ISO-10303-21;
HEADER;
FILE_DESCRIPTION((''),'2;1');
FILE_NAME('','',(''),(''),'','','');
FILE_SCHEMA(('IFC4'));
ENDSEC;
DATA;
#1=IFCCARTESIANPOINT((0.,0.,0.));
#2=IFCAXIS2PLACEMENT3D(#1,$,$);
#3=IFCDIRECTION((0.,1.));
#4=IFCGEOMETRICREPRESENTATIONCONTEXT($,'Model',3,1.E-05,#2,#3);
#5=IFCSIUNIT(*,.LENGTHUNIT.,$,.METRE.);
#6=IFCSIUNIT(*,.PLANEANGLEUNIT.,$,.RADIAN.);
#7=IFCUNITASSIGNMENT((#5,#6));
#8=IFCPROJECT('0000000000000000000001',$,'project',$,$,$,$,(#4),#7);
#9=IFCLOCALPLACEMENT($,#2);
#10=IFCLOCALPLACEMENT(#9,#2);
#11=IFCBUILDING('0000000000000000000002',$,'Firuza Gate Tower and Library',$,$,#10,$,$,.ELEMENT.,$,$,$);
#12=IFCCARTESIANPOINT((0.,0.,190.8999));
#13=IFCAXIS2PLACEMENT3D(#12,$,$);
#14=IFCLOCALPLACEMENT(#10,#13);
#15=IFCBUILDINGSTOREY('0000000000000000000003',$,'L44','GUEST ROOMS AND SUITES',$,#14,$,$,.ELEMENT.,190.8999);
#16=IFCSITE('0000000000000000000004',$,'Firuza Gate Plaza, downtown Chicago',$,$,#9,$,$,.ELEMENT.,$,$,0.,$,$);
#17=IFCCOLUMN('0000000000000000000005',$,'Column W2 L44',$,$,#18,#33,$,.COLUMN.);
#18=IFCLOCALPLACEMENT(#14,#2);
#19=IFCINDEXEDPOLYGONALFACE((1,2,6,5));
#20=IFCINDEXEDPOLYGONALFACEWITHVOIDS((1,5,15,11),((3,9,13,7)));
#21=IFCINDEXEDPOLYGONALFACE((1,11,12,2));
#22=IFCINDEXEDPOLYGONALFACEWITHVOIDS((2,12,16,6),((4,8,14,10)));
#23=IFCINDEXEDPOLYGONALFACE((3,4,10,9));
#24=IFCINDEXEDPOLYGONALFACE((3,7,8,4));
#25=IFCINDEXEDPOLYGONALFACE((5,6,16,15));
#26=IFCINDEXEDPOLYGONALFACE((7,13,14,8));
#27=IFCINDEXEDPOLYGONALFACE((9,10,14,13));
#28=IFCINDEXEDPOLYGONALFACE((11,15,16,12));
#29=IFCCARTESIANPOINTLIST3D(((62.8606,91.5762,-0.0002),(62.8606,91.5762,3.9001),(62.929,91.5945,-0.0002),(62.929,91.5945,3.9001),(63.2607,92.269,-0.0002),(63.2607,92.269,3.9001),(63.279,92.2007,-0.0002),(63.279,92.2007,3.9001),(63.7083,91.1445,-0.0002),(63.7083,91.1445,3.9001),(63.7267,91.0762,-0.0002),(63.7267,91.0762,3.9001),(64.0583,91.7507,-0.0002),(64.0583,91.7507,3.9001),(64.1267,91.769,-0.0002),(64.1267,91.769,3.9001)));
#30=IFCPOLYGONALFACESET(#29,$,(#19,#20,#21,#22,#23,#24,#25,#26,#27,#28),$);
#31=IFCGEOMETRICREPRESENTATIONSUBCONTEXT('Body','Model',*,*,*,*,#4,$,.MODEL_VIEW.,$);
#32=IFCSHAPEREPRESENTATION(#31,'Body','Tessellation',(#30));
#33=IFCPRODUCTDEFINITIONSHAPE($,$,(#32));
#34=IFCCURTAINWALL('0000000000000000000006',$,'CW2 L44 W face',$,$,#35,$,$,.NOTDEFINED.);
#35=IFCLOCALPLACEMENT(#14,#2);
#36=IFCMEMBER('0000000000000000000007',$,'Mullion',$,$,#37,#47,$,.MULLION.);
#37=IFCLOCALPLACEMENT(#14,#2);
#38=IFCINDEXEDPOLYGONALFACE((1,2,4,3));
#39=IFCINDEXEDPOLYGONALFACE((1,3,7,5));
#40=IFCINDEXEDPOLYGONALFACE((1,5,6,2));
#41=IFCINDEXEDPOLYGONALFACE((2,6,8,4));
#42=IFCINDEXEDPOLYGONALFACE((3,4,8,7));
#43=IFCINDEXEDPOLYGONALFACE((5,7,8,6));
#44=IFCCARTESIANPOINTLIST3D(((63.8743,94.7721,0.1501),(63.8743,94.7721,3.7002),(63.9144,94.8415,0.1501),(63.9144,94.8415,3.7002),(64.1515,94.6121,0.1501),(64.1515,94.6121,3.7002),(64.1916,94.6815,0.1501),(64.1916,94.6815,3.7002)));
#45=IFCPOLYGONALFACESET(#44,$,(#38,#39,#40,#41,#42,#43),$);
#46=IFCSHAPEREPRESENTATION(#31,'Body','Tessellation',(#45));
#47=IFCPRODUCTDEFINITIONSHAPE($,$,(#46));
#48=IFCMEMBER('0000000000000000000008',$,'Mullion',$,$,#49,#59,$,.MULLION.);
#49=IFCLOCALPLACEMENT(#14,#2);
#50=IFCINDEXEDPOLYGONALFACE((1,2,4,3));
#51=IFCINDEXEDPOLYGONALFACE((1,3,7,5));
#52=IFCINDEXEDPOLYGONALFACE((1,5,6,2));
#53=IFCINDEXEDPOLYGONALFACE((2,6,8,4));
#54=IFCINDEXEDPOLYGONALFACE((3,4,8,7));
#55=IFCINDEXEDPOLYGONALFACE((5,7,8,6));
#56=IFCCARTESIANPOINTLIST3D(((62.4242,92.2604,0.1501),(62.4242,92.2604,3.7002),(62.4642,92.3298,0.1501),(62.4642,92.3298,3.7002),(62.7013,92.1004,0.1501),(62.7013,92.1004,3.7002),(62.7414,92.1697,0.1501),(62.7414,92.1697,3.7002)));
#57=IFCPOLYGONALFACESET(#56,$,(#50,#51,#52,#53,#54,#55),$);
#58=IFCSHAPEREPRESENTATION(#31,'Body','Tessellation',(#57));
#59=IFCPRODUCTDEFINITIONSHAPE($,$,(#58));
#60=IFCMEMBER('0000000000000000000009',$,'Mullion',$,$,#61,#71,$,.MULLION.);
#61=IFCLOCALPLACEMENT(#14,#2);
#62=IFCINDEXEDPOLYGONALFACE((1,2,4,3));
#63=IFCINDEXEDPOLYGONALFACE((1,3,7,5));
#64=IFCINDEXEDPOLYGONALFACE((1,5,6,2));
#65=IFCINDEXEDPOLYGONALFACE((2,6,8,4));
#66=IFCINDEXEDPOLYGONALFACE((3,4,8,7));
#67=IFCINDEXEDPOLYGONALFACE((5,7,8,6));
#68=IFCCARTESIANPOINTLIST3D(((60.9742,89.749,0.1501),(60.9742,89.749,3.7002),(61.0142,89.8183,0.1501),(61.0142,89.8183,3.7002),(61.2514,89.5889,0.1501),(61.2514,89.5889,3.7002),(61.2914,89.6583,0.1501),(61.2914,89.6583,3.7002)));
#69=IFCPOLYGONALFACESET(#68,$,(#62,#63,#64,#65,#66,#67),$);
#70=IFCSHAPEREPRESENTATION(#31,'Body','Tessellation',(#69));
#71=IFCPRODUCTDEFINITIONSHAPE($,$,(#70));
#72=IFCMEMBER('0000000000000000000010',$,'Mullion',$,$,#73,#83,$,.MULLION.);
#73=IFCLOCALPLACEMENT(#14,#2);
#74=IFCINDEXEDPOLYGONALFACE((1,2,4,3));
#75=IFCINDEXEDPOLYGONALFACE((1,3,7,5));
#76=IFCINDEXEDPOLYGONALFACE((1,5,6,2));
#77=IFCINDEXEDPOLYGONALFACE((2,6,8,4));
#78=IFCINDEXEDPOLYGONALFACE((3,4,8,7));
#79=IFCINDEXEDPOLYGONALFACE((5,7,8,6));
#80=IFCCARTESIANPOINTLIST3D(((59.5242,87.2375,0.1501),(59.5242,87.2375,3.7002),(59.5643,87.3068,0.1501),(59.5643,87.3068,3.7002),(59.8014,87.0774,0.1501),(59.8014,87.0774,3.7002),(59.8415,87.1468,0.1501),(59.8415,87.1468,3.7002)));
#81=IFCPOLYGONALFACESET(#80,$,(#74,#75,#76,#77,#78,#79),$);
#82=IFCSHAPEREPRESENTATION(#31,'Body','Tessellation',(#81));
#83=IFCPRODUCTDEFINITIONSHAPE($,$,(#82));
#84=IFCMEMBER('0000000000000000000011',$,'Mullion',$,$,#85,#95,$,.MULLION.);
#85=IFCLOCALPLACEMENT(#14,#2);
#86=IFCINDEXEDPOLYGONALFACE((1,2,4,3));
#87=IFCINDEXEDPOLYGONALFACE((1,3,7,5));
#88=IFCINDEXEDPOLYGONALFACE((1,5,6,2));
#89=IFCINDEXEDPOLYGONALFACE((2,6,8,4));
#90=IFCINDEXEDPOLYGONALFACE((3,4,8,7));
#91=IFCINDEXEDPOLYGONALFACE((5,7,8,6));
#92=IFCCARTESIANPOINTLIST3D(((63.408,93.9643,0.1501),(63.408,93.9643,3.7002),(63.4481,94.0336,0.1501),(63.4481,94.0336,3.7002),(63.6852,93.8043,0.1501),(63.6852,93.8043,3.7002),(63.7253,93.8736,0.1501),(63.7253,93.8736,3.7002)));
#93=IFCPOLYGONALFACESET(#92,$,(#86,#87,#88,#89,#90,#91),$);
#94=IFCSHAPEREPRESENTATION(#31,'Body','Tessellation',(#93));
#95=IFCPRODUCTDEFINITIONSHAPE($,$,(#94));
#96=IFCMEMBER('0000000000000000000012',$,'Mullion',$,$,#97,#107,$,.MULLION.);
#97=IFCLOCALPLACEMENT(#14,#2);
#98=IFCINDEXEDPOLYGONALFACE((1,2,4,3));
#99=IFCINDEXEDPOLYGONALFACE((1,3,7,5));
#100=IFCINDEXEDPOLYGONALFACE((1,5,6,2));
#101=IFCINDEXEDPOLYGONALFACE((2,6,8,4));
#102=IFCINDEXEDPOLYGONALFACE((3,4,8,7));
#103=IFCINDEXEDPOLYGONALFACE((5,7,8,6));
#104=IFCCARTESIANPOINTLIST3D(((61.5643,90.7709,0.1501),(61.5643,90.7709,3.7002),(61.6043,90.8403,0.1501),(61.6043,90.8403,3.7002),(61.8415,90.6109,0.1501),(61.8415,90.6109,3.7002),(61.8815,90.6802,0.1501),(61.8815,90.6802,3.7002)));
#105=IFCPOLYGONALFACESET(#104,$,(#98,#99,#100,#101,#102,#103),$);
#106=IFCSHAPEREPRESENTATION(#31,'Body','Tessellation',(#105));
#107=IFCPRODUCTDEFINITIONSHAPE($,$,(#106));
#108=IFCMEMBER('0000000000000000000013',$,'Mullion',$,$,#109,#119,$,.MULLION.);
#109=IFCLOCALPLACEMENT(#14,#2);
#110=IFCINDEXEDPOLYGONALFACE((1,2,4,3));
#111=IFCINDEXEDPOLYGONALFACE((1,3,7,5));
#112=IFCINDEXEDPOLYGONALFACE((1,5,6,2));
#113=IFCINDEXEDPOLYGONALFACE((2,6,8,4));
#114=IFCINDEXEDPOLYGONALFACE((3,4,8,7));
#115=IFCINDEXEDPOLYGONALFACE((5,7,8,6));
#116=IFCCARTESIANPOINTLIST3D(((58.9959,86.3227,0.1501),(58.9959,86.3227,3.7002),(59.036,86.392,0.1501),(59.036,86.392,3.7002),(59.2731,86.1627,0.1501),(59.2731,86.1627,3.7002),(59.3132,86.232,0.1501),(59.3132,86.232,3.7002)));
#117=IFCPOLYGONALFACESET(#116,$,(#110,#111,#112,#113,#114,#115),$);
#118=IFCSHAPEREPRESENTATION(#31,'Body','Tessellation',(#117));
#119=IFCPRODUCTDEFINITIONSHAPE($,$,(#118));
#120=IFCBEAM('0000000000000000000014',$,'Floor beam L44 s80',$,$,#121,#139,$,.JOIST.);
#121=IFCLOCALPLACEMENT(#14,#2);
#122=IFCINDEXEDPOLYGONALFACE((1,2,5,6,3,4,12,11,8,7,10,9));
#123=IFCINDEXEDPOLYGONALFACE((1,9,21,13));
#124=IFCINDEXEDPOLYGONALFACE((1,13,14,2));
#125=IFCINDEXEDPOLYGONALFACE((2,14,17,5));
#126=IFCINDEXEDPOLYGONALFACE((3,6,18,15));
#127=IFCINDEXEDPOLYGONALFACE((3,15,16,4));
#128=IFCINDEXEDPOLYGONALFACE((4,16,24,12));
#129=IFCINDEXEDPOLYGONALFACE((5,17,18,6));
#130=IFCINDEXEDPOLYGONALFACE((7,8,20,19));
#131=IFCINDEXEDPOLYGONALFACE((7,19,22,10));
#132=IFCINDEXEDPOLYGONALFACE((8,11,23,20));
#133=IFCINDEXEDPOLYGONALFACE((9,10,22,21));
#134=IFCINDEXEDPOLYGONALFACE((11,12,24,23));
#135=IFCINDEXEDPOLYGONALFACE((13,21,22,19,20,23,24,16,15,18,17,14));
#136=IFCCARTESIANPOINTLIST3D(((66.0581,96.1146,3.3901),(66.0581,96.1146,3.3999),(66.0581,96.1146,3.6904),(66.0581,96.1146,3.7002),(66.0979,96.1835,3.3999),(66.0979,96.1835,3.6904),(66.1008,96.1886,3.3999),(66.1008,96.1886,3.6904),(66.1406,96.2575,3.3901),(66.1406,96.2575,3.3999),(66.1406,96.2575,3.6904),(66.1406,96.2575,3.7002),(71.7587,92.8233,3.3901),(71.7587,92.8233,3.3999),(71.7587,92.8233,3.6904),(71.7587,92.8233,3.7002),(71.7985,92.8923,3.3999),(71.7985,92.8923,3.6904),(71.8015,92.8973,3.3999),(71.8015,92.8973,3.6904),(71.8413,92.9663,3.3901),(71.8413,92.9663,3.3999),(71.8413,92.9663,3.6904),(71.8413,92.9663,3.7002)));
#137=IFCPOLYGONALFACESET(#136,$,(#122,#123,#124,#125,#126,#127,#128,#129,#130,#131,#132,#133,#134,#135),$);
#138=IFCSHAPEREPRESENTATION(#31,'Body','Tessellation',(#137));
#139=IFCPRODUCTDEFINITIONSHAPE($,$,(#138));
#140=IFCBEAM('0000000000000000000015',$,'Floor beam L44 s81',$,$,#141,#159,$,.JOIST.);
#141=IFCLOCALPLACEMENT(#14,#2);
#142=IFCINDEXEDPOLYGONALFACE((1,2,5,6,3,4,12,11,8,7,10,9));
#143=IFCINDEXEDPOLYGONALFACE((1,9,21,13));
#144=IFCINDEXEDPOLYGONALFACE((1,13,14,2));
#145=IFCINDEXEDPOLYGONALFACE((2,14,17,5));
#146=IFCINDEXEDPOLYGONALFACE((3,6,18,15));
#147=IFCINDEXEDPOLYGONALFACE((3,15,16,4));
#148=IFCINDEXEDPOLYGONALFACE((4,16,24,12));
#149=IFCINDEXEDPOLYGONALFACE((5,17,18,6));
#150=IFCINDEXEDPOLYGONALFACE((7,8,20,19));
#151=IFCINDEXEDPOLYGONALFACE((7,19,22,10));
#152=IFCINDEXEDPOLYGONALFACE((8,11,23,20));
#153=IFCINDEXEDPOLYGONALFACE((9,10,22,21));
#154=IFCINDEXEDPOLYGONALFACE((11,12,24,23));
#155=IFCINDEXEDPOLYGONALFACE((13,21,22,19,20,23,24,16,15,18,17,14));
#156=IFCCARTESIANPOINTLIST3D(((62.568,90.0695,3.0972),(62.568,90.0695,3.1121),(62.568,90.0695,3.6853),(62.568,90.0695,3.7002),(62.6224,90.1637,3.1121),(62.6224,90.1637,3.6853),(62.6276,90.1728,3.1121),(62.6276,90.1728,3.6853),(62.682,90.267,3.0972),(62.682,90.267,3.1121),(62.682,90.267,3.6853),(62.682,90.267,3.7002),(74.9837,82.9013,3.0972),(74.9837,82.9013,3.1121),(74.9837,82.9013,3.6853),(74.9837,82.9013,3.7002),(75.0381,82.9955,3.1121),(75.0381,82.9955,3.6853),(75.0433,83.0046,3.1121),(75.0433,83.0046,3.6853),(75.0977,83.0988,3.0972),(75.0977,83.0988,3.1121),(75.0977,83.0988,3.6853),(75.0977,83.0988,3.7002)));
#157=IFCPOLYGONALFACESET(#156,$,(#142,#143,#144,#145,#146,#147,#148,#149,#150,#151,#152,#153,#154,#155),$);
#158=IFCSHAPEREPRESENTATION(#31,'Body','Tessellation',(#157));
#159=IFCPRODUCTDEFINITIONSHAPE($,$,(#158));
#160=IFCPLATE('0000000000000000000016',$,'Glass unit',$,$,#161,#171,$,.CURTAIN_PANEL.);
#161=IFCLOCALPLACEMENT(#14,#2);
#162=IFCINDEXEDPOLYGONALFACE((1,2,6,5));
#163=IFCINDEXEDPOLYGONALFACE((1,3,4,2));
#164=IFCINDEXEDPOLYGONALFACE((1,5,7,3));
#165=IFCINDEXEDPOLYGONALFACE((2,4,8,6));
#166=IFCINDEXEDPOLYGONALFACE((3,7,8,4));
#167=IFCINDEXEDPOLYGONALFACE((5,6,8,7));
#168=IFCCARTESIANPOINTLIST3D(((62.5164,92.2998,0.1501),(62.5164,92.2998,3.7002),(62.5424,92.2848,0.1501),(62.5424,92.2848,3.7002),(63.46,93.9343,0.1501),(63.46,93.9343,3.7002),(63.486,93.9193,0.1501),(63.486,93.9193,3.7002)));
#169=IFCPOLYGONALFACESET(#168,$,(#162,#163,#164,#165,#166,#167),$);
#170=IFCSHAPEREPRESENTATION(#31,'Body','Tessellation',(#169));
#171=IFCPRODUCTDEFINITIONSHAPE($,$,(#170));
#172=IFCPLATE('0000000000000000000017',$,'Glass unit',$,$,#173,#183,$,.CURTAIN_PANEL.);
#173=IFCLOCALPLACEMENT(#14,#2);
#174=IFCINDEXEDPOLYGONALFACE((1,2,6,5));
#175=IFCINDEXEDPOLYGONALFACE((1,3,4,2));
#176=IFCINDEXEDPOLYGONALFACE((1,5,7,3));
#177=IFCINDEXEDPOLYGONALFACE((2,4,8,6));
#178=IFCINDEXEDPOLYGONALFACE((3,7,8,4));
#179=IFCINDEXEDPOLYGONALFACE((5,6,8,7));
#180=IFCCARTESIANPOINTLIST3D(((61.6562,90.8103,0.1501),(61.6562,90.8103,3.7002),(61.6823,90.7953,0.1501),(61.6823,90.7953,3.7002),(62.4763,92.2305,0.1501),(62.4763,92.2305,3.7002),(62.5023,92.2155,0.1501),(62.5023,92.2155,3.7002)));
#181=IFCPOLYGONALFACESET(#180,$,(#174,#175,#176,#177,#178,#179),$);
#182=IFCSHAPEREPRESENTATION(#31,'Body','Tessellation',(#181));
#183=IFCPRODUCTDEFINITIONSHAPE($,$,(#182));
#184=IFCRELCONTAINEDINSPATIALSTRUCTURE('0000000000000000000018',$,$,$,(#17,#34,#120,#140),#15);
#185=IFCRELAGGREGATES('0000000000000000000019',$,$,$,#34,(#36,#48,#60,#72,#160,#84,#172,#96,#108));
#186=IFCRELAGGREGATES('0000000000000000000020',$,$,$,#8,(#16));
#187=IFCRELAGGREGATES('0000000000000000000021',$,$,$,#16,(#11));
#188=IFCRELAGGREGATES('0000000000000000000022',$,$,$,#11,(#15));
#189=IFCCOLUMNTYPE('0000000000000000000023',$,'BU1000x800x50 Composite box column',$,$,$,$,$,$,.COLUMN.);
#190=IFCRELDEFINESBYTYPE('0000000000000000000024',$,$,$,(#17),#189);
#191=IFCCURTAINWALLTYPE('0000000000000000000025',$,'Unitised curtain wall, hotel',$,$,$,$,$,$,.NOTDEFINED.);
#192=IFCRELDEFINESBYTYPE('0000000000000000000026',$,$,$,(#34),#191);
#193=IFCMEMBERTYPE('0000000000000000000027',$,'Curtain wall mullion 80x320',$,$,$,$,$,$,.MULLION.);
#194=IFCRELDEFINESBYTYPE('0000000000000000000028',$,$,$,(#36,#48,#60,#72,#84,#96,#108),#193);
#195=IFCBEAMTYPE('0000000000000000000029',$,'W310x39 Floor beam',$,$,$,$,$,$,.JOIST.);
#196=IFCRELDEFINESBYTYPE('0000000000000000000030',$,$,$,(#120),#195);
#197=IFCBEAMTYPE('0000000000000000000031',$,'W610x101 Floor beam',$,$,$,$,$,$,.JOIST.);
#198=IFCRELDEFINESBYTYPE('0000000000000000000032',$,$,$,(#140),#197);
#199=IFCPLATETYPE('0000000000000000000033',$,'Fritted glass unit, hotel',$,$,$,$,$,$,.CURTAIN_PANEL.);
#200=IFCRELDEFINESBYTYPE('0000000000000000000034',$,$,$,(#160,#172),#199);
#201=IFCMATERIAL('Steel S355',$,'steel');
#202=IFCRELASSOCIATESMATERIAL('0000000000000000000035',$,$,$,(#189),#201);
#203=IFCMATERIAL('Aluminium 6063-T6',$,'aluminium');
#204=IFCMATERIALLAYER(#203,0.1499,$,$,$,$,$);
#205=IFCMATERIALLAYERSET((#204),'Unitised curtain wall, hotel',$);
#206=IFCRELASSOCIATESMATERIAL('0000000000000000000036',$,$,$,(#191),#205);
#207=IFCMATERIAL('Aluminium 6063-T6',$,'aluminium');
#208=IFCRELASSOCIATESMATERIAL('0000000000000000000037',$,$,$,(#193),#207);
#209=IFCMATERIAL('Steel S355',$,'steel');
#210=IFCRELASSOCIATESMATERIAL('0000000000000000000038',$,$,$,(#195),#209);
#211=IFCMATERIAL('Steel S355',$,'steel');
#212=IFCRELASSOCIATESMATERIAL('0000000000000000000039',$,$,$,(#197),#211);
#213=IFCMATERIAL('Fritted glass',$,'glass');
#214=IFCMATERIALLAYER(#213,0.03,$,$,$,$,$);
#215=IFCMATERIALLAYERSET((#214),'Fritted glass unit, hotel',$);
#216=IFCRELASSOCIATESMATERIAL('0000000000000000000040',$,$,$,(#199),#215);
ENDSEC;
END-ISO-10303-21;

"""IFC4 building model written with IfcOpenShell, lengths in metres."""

from ifc_helpers import new_model, si_unit, direction, frame, origin, origin_2d, place, context, subcontext, project, spatial, polyline, rectangle, hollow_rectangle, i_section, outline, extrude, material, layer, layer_set, material_profile, profile_set, type_object, element, aggregate, save


model = new_model("IFC4")

# Units and contexts
model_context = context("Model", 3, precision=1e-05, world=origin(), true_north=direction((0.0, 1.0)))
body_context = subcontext(model_context, "Body", "Model", "MODEL_VIEW")
ifc_project = project(units=[si_unit("LENGTHUNIT", "METRE"), si_unit("PLANEANGLEUNIT", "RADIAN")], contexts=[model_context])

# Site, building, storey
site_placement = place(None, origin())
site = spatial("IfcSite", under=ifc_project, at=site_placement, Name="Firuza Gate Plaza, downtown Chicago", CompositionType="ELEMENT", RefElevation=0.0)
building_placement = place(site_placement, origin())
building = spatial("IfcBuilding", under=site, at=building_placement, Name="Firuza Gate Tower and Library", CompositionType="ELEMENT")
storey_placement = place(building_placement, frame((0.0, 0.0, 190.8999)))
storey = spatial("IfcBuildingStorey", under=building, at=storey_placement, Name="L44", Description="GUEST ROOMS AND SUITES", CompositionType="ELEMENT", Elevation=190.8999)

# Column
ifc_material_1 = material(Name="Steel S355", Category="steel")
ifc_material_profile_1 = material_profile(ifc_material_1, hollow_rectangle(XDim=0.8, YDim=1.0, WallThickness=0.05, at=origin_2d()))
ifc_profile_set_1 = profile_set([ifc_material_profile_1], Name="Steel S355")
column_type = type_object("IfcColumnType", Name="BU1000x800x50 Composite box column", PredefinedType="COLUMN", material=ifc_profile_set_1)
column_placement = place(storey_placement, frame((63.4937, 91.6726, -0.0002), z_axis=(0.0, 0.0, 1.0), x_axis=(-0.5, -0.866025, 0.0)))
element("IfcColumn", 1, at=column_placement, inside=storey, type_object=column_type, Name="Column W2 L44", PredefinedType="COLUMN", context=body_context, shape_type="SweptSolid", body=[
    extrude(hollow_rectangle(XDim=0.8, YDim=1.0, WallThickness=0.05, at=origin_2d()), origin(), (0.0, 0.0, 1.0), 3.9004),
])

# Curtain wall, members
ifc_material_2 = material(Name="Aluminium 6063-T6", Category="aluminium")
ifc_layer_1 = layer(ifc_material_2, 0.1499)
ifc_layer_set_1 = layer_set([ifc_layer_1], Name="Unitised curtain wall, hotel")
curtain_wall_type = type_object("IfcCurtainWallType", Name="Unitised curtain wall, hotel", PredefinedType="NOTDEFINED", material=ifc_layer_set_1)
placement = place(storey_placement, origin())
curtain_wall = element("IfcCurtainWall", 2, at=placement, inside=storey, type_object=curtain_wall_type, Name="CW2 L44 W face", PredefinedType="NOTDEFINED")
ifc_material_3 = material(Name="Aluminium 6063-T6", Category="aluminium")
ifc_material_profile_2 = material_profile(ifc_material_3, rectangle(XDim=0.3201, YDim=0.0801, at=origin_2d()))
ifc_profile_set_2 = profile_set([ifc_material_profile_2], Name="Aluminium 6063-T6")
member_type = type_object("IfcMemberType", Name="Curtain wall mullion 80x320", PredefinedType="MULLION", material=ifc_profile_set_2)
member_1_placement = place(storey_placement, frame((64.033, 94.7268, 0.1501), z_axis=(0.0, 0.0, 1.0), x_axis=(0.866025, -0.5, 0.0)))
member_1 = element("IfcMember", 3, at=member_1_placement, type_object=member_type, Name="Mullion", PredefinedType="MULLION", context=body_context, shape_type="SweptSolid", body=[
    extrude(rectangle(XDim=0.3201, YDim=0.0801, at=origin_2d()), origin(), (0.0, 0.0, 1.0), 3.55),
])
member_2_placement = place(storey_placement, frame((62.5828, 92.2151, 0.1501), z_axis=(0.0, 0.0, 1.0), x_axis=(0.866025, -0.5, 0.0)))
member_2 = element("IfcMember", 4, at=member_2_placement, type_object=member_type, Name="Mullion", PredefinedType="MULLION", context=body_context, shape_type="SweptSolid", body=[
    extrude(rectangle(XDim=0.3201, YDim=0.0801, at=origin_2d()), origin(), (0.0, 0.0, 1.0), 3.55),
])
member_3_placement = place(storey_placement, frame((61.1328, 89.7036, 0.1501), z_axis=(0.0, 0.0, 1.0), x_axis=(0.866025, -0.5, 0.0)))
member_3 = element("IfcMember", 5, at=member_3_placement, type_object=member_type, Name="Mullion", PredefinedType="MULLION", context=body_context, shape_type="SweptSolid", body=[
    extrude(rectangle(XDim=0.3201, YDim=0.0801, at=origin_2d()), origin(), (0.0, 0.0, 1.0), 3.55),
])
member_4_placement = place(storey_placement, frame((59.6829, 87.1921, 0.1501), z_axis=(0.0, 0.0, 1.0), x_axis=(0.866025, -0.5, 0.0)))
member_4 = element("IfcMember", 6, at=member_4_placement, type_object=member_type, Name="Mullion", PredefinedType="MULLION", context=body_context, shape_type="SweptSolid", body=[
    extrude(rectangle(XDim=0.3201, YDim=0.0801, at=origin_2d()), origin(), (0.0, 0.0, 1.0), 3.55),
])
member_5_placement = place(storey_placement, frame((63.5667, 93.9189, 0.1501), z_axis=(0.0, 0.0, 1.0), x_axis=(0.866025, -0.5, 0.0)))
member_5 = element("IfcMember", 7, at=member_5_placement, type_object=member_type, Name="Mullion", PredefinedType="MULLION", context=body_context, shape_type="SweptSolid", body=[
    extrude(rectangle(XDim=0.3201, YDim=0.0801, at=origin_2d()), origin(), (0.0, 0.0, 1.0), 3.55),
])
member_6_placement = place(storey_placement, frame((61.7229, 90.7256, 0.1501), z_axis=(0.0, 0.0, 1.0), x_axis=(0.866025, -0.5, 0.0)))
member_6 = element("IfcMember", 8, at=member_6_placement, type_object=member_type, Name="Mullion", PredefinedType="MULLION", context=body_context, shape_type="SweptSolid", body=[
    extrude(rectangle(XDim=0.3201, YDim=0.0801, at=origin_2d()), origin(), (0.0, 0.0, 1.0), 3.55),
])
member_7_placement = place(storey_placement, frame((59.1545, 86.2773, 0.1501), z_axis=(0.0, 0.0, 1.0), x_axis=(0.866025, -0.5, 0.0)))
member_7 = element("IfcMember", 9, at=member_7_placement, type_object=member_type, Name="Mullion", PredefinedType="MULLION", context=body_context, shape_type="SweptSolid", body=[
    extrude(rectangle(XDim=0.3201, YDim=0.0801, at=origin_2d()), origin(), (0.0, 0.0, 1.0), 3.55),
])

# Beams
ifc_material_4 = material(Name="Steel S355", Category="steel")
ifc_material_profile_3 = material_profile(ifc_material_4, i_section(OverallWidth=0.165, OverallDepth=0.3101, WebThickness=0.0059, FlangeThickness=0.0098, at=origin_2d()))
ifc_profile_set_3 = profile_set([ifc_material_profile_3], Name="Steel S355")
beam_type_1 = type_object("IfcBeamType", Name="W310x39 Floor beam", PredefinedType="JOIST", material=ifc_profile_set_3)
beam_1_placement = place(storey_placement, frame((66.0994, 96.186, 3.5452), z_axis=(0.866027, -0.499996, 0.0), x_axis=(0.499996, 0.866027, 0.0)))
element("IfcBeam", 10, at=beam_1_placement, inside=storey, type_object=beam_type_1, Name="Floor beam L44 s80", PredefinedType="JOIST", context=body_context, shape_type="SweptSolid", body=[
    extrude(i_section(OverallWidth=0.165, OverallDepth=0.3101, WebThickness=0.0059, FlangeThickness=0.0098, at=origin_2d()), origin(), (0.0, 0.0, 1.0), 6.5825),
])
ifc_material_5 = material(Name="Steel S355", Category="steel")
ifc_material_profile_4 = material_profile(ifc_material_5, i_section(OverallWidth=0.228, OverallDepth=0.603, WebThickness=0.0105, FlangeThickness=0.0149, at=origin_2d()))
ifc_profile_set_4 = profile_set([ifc_material_profile_4], Name="Steel S355")
beam_type_2 = type_object("IfcBeamType", Name="W610x101 Floor beam", PredefinedType="JOIST", material=ifc_profile_set_4)
beam_2_placement = place(storey_placement, frame((62.625, 90.1682, 3.3987), z_axis=(0.866026, -0.499998, 0.0), x_axis=(0.499998, 0.866026, 0.0)))
element("IfcBeam", 11, at=beam_2_placement, inside=storey, type_object=beam_type_2, Name="Floor beam L44 s81", PredefinedType="JOIST", context=body_context, shape_type="SweptSolid", body=[
    extrude(i_section(OverallWidth=0.228, OverallDepth=0.603, WebThickness=0.0105, FlangeThickness=0.0149, at=origin_2d()), origin(), (0.0, 0.0, 1.0), 14.3364),
])

# Plates
ifc_material_6 = material(Name="Fritted glass", Category="glass")
ifc_layer_2 = layer(ifc_material_6, 0.03)
ifc_layer_set_2 = layer_set([ifc_layer_2], Name="Fritted glass unit, hotel")
plate_type_1 = type_object("IfcPlateType", Name="Fritted glass unit, hotel", PredefinedType="CURTAIN_PANEL", material=ifc_layer_set_2)
plate_1_placement = place(storey_placement, frame((63.46, 93.9343, 0.1501), z_axis=(-0.866046, 0.499965, 0.0), x_axis=(-0.499965, -0.866046, 0.0)))
plate_1 = element("IfcPlate", 12, at=plate_1_placement, type_object=plate_type_1, Name="Glass unit", PredefinedType="CURTAIN_PANEL", context=body_context, shape_type="SweptSolid", body=[
    extrude(outline(polyline([(0.0, 0.0), (1.8873, 0.0), (1.8873, 3.55), (0.0, 3.55), (0.0, 0.0)])), origin(), (0.0, 0.0, -1.0), 0.03),
])
plate_2_placement = place(storey_placement, frame((62.4763, 92.2305, 0.1501), z_axis=(-0.86599, 0.500062, 0.0), x_axis=(-0.500062, -0.86599, 0.0)))
plate_2 = element("IfcPlate", 13, at=plate_2_placement, type_object=plate_type_1, Name="Glass unit", PredefinedType="CURTAIN_PANEL", context=body_context, shape_type="SweptSolid", body=[
    extrude(outline(polyline([(0.0, 0.0), (1.6399, 0.0), (1.6399, 3.55), (0.0, 3.55), (0.0, 0.0)])), origin(), (0.0, 0.0, -1.0), 0.03),
])
aggregate(curtain_wall, [member_1, member_2, member_3, member_4, plate_1, member_5, plate_2, member_6, member_7])

save(model, "model.ifc")
